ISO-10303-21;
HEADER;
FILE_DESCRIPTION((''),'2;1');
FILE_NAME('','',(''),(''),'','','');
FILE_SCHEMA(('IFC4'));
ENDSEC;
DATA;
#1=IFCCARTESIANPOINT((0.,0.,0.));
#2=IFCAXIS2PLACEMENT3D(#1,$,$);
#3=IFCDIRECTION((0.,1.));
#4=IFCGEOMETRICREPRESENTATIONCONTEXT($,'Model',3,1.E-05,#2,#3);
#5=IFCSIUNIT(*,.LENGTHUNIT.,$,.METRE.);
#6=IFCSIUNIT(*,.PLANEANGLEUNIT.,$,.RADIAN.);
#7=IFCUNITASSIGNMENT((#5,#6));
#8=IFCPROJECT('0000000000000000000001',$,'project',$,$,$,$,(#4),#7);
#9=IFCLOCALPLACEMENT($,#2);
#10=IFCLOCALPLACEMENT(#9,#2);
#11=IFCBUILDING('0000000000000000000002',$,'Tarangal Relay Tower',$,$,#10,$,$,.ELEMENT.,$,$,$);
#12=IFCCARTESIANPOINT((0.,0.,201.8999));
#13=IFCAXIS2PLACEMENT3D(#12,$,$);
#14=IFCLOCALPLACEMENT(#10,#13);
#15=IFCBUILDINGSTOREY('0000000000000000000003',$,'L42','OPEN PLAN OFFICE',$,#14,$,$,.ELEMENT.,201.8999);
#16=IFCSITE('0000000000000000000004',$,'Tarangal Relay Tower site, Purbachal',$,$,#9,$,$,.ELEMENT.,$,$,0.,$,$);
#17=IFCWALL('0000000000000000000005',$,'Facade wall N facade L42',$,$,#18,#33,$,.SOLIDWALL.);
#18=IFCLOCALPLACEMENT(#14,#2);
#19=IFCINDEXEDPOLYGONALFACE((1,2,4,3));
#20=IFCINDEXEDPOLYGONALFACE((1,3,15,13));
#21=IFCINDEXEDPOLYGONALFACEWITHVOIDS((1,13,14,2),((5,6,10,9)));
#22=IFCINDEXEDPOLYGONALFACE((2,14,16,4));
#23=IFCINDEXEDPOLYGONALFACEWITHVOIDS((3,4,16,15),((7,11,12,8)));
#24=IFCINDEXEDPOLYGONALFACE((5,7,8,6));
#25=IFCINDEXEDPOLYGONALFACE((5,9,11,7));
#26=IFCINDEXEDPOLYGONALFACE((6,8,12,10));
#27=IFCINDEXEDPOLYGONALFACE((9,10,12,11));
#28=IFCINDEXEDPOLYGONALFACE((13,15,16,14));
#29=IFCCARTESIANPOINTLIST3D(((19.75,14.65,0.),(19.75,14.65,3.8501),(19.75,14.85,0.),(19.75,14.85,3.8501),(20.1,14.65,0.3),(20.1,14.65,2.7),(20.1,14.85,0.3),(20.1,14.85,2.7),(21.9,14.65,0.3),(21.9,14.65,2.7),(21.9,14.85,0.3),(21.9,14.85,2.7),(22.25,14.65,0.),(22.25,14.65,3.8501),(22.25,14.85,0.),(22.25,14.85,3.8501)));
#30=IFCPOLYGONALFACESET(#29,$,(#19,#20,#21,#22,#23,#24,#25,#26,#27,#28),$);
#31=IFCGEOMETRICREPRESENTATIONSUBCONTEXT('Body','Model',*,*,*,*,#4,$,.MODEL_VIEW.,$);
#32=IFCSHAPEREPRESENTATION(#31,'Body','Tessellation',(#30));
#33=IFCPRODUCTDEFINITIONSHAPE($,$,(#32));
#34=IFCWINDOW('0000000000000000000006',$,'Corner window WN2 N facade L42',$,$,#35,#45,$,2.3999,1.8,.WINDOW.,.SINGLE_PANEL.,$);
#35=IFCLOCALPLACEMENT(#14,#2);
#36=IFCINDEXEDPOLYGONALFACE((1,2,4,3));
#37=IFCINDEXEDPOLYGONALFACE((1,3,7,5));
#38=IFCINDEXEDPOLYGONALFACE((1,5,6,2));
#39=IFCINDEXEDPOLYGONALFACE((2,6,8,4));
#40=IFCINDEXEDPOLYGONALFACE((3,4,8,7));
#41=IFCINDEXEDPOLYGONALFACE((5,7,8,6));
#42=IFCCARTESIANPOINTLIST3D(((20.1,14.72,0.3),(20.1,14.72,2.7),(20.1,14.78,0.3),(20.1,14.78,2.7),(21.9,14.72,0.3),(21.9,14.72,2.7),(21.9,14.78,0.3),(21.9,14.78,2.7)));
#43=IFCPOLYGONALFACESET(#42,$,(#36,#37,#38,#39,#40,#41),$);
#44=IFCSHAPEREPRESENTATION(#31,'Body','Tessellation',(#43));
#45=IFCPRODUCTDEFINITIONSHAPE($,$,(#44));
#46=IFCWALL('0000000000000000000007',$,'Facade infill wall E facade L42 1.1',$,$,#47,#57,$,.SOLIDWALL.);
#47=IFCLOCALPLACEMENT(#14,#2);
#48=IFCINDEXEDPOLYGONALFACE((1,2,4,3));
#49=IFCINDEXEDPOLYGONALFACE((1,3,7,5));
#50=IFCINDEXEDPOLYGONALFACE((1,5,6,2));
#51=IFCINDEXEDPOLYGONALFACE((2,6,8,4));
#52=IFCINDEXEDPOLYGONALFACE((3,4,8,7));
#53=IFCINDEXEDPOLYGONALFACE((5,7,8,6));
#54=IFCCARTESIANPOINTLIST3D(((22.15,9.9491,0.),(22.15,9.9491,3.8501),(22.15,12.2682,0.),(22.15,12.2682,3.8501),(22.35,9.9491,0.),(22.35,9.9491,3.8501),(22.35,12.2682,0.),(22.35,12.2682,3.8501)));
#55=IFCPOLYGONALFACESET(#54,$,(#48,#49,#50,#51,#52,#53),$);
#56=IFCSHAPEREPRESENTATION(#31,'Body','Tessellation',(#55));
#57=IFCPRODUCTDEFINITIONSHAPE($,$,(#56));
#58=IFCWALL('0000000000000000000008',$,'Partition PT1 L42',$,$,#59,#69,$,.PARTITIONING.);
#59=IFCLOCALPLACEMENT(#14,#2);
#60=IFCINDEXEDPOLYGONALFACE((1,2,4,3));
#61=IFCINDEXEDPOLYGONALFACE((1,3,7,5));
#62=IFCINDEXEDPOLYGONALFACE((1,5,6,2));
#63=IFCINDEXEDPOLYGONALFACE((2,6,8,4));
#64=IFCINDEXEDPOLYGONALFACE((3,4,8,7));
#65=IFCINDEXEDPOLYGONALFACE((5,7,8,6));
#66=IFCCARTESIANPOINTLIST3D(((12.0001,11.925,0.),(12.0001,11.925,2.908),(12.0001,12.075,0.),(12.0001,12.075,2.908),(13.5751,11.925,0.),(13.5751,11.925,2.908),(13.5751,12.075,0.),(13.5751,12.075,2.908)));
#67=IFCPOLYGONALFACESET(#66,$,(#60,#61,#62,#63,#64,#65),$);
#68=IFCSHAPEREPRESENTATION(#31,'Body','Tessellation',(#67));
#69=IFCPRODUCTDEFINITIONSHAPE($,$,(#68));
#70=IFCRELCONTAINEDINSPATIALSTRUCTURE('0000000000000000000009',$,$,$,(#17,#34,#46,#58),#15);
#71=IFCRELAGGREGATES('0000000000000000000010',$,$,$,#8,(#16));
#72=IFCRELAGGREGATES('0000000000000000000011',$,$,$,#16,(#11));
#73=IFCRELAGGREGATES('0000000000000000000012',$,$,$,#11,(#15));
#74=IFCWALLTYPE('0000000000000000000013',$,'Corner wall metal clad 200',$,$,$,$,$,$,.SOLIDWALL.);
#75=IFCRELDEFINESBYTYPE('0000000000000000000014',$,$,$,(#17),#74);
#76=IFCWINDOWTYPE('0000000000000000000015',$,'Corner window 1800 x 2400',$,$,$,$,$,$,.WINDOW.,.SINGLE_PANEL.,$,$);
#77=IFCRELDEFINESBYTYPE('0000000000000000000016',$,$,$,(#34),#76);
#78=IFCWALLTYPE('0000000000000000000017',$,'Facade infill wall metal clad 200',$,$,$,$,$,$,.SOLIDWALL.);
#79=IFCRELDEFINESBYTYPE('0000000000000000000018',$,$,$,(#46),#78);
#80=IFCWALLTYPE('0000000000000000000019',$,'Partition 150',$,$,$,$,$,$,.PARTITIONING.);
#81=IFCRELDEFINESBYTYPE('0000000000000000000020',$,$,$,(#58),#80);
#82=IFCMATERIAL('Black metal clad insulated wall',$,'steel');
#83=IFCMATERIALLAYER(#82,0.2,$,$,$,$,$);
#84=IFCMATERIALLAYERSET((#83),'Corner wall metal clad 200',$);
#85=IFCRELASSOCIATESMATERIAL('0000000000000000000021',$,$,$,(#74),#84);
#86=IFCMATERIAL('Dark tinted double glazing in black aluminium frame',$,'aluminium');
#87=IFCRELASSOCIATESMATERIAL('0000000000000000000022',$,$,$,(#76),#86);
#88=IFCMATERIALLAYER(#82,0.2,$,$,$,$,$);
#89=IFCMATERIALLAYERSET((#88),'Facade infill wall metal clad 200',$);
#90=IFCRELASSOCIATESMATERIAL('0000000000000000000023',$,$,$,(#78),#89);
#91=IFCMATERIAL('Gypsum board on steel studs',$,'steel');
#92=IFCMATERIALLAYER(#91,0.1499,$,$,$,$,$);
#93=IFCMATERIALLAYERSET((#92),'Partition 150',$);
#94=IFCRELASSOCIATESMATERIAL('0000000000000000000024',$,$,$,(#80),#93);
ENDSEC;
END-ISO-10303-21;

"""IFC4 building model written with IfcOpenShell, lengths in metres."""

from ifc_helpers import new_model, si_unit, direction, frame, frame_2d, origin, place, context, subcontext, project, spatial, rectangle, extrude, material, layer, layer_set, type_object, element, fill, save


model = new_model("IFC4")

# Units and contexts
model_context = context("Model", 3, precision=1e-05, world=origin(), true_north=direction((0.0, 1.0)))
body_context = subcontext(model_context, "Body", "Model", "MODEL_VIEW")
ifc_project = project(units=[si_unit("LENGTHUNIT", "METRE"), si_unit("PLANEANGLEUNIT", "RADIAN")], contexts=[model_context])

# Site, building, storey
site_placement = place(None, origin())
site = spatial("IfcSite", under=ifc_project, at=site_placement, Name="Tarangal Relay Tower site, Purbachal", CompositionType="ELEMENT", RefElevation=0.0)
building_placement = place(site_placement, origin())
building = spatial("IfcBuilding", under=site, at=building_placement, Name="Tarangal Relay Tower", CompositionType="ELEMENT")
storey_placement = place(building_placement, frame((0.0, 0.0, 201.8999)))
storey = spatial("IfcBuildingStorey", under=building, at=storey_placement, Name="L42", Description="OPEN PLAN OFFICE", CompositionType="ELEMENT", Elevation=201.8999)

# Shared definitions
ifc_material_1 = material(Name="Black metal clad insulated wall", Category="steel")
ifc_layer_1 = layer(ifc_material_1, 0.2)
ifc_layer_set_1 = layer_set([ifc_layer_1], Name="Corner wall metal clad 200")
wall_type_1 = type_object("IfcWallType", Name="Corner wall metal clad 200", PredefinedType="SOLIDWALL", material=ifc_layer_set_1)

# Shared definitions
ifc_material_2 = material(Name="Dark tinted double glazing in black aluminium frame", Category="aluminium")
window_type = type_object("IfcWindowType", Name="Corner window 1800 x 2400", PartitioningType="SINGLE_PANEL", PredefinedType="WINDOW", material=ifc_material_2)

# Wall, opening, window
wall_1_placement = place(storey_placement, frame((19.75, 14.75, 0.0), z_axis=(0.0, 0.0, 1.0), x_axis=(1.0, 0.0, 0.0)))
wall_1 = element("IfcWall", 1, at=wall_1_placement, inside=storey, type_object=wall_type_1, Name="Facade wall N facade L42", PredefinedType="SOLIDWALL", context=body_context, shape_type="SweptSolid", body=[
    extrude(rectangle(XDim=2.5, YDim=0.2, at=frame_2d((1.25, 0.0))), origin(), (0.0, 0.0, 1.0), 3.8501),
])
opening_1_placement = place(wall_1_placement, frame((0.3501, 0.0, 0.3)))
opening_1 = element("IfcOpeningElement", 2, at=opening_1_placement, cuts=wall_1, PredefinedType="OPENING", context=body_context, shape_type="SweptSolid", body=[
    extrude(rectangle(XDim=1.8, YDim=2.3999, at=frame_2d((0.8999, 1.2))), frame((0.0, 0.1099, 0.0), z_axis=(0.0, -1.0, 0.0), x_axis=(1.0, 0.0, 0.0)), (0.0, 0.0, 1.0), 0.22),
])
window_1_placement = place(opening_1_placement, origin())
window_1 = element("IfcWindow", 3, at=window_1_placement, inside=storey, type_object=window_type, Name="Corner window WN2 N facade L42", OverallHeight=2.3999, OverallWidth=1.8, PartitioningType="SINGLE_PANEL", PredefinedType="WINDOW", context=body_context, shape_type="SweptSolid", body=[
    extrude(rectangle(XDim=1.8, YDim=2.3999, at=frame_2d((0.8999, 1.2))), frame((0.0, 0.03, 0.0), z_axis=(0.0, -1.0, 0.0), x_axis=(1.0, 0.0, 0.0)), (0.0, 0.0, 1.0), 0.0601),
])
fill(opening_1, window_1)

# Walls
ifc_layer_2 = layer(ifc_material_1, 0.2)
ifc_layer_set_2 = layer_set([ifc_layer_2], Name="Facade infill wall metal clad 200")
wall_type_2 = type_object("IfcWallType", Name="Facade infill wall metal clad 200", PredefinedType="SOLIDWALL", material=ifc_layer_set_2)
wall_2_placement = place(storey_placement, frame((22.25, 12.2683, 0.0), z_axis=(0.0, 0.0, 1.0), x_axis=(0.0, -1.0, 0.0)))
element("IfcWall", 4, at=wall_2_placement, inside=storey, type_object=wall_type_2, Name="Facade infill wall E facade L42 1.1", PredefinedType="SOLIDWALL", context=body_context, shape_type="SweptSolid", body=[
    extrude(rectangle(XDim=2.3191, YDim=0.2, at=frame_2d((1.1597, 0.0))), origin(), (0.0, 0.0, 1.0), 3.8501),
])
ifc_material_3 = material(Name="Gypsum board on steel studs", Category="steel")
ifc_layer_3 = layer(ifc_material_3, 0.1499)
ifc_layer_set_3 = layer_set([ifc_layer_3], Name="Partition 150")
wall_type_3 = type_object("IfcWallType", Name="Partition 150", PredefinedType="PARTITIONING", material=ifc_layer_set_3)
wall_3_placement = place(storey_placement, frame((12.0, 12.0, 0.0), z_axis=(0.0, 0.0, 1.0), x_axis=(1.0, 0.0, 0.0)))
element("IfcWall", 5, at=wall_3_placement, inside=storey, type_object=wall_type_3, Name="Partition PT1 L42", PredefinedType="PARTITIONING", context=body_context, shape_type="SweptSolid", body=[
    extrude(rectangle(XDim=1.575, YDim=0.1499, at=frame_2d((0.7876, 0.0))), origin(), (0.0, 0.0, 1.0), 2.908),
])

save(model, "model.ifc")
